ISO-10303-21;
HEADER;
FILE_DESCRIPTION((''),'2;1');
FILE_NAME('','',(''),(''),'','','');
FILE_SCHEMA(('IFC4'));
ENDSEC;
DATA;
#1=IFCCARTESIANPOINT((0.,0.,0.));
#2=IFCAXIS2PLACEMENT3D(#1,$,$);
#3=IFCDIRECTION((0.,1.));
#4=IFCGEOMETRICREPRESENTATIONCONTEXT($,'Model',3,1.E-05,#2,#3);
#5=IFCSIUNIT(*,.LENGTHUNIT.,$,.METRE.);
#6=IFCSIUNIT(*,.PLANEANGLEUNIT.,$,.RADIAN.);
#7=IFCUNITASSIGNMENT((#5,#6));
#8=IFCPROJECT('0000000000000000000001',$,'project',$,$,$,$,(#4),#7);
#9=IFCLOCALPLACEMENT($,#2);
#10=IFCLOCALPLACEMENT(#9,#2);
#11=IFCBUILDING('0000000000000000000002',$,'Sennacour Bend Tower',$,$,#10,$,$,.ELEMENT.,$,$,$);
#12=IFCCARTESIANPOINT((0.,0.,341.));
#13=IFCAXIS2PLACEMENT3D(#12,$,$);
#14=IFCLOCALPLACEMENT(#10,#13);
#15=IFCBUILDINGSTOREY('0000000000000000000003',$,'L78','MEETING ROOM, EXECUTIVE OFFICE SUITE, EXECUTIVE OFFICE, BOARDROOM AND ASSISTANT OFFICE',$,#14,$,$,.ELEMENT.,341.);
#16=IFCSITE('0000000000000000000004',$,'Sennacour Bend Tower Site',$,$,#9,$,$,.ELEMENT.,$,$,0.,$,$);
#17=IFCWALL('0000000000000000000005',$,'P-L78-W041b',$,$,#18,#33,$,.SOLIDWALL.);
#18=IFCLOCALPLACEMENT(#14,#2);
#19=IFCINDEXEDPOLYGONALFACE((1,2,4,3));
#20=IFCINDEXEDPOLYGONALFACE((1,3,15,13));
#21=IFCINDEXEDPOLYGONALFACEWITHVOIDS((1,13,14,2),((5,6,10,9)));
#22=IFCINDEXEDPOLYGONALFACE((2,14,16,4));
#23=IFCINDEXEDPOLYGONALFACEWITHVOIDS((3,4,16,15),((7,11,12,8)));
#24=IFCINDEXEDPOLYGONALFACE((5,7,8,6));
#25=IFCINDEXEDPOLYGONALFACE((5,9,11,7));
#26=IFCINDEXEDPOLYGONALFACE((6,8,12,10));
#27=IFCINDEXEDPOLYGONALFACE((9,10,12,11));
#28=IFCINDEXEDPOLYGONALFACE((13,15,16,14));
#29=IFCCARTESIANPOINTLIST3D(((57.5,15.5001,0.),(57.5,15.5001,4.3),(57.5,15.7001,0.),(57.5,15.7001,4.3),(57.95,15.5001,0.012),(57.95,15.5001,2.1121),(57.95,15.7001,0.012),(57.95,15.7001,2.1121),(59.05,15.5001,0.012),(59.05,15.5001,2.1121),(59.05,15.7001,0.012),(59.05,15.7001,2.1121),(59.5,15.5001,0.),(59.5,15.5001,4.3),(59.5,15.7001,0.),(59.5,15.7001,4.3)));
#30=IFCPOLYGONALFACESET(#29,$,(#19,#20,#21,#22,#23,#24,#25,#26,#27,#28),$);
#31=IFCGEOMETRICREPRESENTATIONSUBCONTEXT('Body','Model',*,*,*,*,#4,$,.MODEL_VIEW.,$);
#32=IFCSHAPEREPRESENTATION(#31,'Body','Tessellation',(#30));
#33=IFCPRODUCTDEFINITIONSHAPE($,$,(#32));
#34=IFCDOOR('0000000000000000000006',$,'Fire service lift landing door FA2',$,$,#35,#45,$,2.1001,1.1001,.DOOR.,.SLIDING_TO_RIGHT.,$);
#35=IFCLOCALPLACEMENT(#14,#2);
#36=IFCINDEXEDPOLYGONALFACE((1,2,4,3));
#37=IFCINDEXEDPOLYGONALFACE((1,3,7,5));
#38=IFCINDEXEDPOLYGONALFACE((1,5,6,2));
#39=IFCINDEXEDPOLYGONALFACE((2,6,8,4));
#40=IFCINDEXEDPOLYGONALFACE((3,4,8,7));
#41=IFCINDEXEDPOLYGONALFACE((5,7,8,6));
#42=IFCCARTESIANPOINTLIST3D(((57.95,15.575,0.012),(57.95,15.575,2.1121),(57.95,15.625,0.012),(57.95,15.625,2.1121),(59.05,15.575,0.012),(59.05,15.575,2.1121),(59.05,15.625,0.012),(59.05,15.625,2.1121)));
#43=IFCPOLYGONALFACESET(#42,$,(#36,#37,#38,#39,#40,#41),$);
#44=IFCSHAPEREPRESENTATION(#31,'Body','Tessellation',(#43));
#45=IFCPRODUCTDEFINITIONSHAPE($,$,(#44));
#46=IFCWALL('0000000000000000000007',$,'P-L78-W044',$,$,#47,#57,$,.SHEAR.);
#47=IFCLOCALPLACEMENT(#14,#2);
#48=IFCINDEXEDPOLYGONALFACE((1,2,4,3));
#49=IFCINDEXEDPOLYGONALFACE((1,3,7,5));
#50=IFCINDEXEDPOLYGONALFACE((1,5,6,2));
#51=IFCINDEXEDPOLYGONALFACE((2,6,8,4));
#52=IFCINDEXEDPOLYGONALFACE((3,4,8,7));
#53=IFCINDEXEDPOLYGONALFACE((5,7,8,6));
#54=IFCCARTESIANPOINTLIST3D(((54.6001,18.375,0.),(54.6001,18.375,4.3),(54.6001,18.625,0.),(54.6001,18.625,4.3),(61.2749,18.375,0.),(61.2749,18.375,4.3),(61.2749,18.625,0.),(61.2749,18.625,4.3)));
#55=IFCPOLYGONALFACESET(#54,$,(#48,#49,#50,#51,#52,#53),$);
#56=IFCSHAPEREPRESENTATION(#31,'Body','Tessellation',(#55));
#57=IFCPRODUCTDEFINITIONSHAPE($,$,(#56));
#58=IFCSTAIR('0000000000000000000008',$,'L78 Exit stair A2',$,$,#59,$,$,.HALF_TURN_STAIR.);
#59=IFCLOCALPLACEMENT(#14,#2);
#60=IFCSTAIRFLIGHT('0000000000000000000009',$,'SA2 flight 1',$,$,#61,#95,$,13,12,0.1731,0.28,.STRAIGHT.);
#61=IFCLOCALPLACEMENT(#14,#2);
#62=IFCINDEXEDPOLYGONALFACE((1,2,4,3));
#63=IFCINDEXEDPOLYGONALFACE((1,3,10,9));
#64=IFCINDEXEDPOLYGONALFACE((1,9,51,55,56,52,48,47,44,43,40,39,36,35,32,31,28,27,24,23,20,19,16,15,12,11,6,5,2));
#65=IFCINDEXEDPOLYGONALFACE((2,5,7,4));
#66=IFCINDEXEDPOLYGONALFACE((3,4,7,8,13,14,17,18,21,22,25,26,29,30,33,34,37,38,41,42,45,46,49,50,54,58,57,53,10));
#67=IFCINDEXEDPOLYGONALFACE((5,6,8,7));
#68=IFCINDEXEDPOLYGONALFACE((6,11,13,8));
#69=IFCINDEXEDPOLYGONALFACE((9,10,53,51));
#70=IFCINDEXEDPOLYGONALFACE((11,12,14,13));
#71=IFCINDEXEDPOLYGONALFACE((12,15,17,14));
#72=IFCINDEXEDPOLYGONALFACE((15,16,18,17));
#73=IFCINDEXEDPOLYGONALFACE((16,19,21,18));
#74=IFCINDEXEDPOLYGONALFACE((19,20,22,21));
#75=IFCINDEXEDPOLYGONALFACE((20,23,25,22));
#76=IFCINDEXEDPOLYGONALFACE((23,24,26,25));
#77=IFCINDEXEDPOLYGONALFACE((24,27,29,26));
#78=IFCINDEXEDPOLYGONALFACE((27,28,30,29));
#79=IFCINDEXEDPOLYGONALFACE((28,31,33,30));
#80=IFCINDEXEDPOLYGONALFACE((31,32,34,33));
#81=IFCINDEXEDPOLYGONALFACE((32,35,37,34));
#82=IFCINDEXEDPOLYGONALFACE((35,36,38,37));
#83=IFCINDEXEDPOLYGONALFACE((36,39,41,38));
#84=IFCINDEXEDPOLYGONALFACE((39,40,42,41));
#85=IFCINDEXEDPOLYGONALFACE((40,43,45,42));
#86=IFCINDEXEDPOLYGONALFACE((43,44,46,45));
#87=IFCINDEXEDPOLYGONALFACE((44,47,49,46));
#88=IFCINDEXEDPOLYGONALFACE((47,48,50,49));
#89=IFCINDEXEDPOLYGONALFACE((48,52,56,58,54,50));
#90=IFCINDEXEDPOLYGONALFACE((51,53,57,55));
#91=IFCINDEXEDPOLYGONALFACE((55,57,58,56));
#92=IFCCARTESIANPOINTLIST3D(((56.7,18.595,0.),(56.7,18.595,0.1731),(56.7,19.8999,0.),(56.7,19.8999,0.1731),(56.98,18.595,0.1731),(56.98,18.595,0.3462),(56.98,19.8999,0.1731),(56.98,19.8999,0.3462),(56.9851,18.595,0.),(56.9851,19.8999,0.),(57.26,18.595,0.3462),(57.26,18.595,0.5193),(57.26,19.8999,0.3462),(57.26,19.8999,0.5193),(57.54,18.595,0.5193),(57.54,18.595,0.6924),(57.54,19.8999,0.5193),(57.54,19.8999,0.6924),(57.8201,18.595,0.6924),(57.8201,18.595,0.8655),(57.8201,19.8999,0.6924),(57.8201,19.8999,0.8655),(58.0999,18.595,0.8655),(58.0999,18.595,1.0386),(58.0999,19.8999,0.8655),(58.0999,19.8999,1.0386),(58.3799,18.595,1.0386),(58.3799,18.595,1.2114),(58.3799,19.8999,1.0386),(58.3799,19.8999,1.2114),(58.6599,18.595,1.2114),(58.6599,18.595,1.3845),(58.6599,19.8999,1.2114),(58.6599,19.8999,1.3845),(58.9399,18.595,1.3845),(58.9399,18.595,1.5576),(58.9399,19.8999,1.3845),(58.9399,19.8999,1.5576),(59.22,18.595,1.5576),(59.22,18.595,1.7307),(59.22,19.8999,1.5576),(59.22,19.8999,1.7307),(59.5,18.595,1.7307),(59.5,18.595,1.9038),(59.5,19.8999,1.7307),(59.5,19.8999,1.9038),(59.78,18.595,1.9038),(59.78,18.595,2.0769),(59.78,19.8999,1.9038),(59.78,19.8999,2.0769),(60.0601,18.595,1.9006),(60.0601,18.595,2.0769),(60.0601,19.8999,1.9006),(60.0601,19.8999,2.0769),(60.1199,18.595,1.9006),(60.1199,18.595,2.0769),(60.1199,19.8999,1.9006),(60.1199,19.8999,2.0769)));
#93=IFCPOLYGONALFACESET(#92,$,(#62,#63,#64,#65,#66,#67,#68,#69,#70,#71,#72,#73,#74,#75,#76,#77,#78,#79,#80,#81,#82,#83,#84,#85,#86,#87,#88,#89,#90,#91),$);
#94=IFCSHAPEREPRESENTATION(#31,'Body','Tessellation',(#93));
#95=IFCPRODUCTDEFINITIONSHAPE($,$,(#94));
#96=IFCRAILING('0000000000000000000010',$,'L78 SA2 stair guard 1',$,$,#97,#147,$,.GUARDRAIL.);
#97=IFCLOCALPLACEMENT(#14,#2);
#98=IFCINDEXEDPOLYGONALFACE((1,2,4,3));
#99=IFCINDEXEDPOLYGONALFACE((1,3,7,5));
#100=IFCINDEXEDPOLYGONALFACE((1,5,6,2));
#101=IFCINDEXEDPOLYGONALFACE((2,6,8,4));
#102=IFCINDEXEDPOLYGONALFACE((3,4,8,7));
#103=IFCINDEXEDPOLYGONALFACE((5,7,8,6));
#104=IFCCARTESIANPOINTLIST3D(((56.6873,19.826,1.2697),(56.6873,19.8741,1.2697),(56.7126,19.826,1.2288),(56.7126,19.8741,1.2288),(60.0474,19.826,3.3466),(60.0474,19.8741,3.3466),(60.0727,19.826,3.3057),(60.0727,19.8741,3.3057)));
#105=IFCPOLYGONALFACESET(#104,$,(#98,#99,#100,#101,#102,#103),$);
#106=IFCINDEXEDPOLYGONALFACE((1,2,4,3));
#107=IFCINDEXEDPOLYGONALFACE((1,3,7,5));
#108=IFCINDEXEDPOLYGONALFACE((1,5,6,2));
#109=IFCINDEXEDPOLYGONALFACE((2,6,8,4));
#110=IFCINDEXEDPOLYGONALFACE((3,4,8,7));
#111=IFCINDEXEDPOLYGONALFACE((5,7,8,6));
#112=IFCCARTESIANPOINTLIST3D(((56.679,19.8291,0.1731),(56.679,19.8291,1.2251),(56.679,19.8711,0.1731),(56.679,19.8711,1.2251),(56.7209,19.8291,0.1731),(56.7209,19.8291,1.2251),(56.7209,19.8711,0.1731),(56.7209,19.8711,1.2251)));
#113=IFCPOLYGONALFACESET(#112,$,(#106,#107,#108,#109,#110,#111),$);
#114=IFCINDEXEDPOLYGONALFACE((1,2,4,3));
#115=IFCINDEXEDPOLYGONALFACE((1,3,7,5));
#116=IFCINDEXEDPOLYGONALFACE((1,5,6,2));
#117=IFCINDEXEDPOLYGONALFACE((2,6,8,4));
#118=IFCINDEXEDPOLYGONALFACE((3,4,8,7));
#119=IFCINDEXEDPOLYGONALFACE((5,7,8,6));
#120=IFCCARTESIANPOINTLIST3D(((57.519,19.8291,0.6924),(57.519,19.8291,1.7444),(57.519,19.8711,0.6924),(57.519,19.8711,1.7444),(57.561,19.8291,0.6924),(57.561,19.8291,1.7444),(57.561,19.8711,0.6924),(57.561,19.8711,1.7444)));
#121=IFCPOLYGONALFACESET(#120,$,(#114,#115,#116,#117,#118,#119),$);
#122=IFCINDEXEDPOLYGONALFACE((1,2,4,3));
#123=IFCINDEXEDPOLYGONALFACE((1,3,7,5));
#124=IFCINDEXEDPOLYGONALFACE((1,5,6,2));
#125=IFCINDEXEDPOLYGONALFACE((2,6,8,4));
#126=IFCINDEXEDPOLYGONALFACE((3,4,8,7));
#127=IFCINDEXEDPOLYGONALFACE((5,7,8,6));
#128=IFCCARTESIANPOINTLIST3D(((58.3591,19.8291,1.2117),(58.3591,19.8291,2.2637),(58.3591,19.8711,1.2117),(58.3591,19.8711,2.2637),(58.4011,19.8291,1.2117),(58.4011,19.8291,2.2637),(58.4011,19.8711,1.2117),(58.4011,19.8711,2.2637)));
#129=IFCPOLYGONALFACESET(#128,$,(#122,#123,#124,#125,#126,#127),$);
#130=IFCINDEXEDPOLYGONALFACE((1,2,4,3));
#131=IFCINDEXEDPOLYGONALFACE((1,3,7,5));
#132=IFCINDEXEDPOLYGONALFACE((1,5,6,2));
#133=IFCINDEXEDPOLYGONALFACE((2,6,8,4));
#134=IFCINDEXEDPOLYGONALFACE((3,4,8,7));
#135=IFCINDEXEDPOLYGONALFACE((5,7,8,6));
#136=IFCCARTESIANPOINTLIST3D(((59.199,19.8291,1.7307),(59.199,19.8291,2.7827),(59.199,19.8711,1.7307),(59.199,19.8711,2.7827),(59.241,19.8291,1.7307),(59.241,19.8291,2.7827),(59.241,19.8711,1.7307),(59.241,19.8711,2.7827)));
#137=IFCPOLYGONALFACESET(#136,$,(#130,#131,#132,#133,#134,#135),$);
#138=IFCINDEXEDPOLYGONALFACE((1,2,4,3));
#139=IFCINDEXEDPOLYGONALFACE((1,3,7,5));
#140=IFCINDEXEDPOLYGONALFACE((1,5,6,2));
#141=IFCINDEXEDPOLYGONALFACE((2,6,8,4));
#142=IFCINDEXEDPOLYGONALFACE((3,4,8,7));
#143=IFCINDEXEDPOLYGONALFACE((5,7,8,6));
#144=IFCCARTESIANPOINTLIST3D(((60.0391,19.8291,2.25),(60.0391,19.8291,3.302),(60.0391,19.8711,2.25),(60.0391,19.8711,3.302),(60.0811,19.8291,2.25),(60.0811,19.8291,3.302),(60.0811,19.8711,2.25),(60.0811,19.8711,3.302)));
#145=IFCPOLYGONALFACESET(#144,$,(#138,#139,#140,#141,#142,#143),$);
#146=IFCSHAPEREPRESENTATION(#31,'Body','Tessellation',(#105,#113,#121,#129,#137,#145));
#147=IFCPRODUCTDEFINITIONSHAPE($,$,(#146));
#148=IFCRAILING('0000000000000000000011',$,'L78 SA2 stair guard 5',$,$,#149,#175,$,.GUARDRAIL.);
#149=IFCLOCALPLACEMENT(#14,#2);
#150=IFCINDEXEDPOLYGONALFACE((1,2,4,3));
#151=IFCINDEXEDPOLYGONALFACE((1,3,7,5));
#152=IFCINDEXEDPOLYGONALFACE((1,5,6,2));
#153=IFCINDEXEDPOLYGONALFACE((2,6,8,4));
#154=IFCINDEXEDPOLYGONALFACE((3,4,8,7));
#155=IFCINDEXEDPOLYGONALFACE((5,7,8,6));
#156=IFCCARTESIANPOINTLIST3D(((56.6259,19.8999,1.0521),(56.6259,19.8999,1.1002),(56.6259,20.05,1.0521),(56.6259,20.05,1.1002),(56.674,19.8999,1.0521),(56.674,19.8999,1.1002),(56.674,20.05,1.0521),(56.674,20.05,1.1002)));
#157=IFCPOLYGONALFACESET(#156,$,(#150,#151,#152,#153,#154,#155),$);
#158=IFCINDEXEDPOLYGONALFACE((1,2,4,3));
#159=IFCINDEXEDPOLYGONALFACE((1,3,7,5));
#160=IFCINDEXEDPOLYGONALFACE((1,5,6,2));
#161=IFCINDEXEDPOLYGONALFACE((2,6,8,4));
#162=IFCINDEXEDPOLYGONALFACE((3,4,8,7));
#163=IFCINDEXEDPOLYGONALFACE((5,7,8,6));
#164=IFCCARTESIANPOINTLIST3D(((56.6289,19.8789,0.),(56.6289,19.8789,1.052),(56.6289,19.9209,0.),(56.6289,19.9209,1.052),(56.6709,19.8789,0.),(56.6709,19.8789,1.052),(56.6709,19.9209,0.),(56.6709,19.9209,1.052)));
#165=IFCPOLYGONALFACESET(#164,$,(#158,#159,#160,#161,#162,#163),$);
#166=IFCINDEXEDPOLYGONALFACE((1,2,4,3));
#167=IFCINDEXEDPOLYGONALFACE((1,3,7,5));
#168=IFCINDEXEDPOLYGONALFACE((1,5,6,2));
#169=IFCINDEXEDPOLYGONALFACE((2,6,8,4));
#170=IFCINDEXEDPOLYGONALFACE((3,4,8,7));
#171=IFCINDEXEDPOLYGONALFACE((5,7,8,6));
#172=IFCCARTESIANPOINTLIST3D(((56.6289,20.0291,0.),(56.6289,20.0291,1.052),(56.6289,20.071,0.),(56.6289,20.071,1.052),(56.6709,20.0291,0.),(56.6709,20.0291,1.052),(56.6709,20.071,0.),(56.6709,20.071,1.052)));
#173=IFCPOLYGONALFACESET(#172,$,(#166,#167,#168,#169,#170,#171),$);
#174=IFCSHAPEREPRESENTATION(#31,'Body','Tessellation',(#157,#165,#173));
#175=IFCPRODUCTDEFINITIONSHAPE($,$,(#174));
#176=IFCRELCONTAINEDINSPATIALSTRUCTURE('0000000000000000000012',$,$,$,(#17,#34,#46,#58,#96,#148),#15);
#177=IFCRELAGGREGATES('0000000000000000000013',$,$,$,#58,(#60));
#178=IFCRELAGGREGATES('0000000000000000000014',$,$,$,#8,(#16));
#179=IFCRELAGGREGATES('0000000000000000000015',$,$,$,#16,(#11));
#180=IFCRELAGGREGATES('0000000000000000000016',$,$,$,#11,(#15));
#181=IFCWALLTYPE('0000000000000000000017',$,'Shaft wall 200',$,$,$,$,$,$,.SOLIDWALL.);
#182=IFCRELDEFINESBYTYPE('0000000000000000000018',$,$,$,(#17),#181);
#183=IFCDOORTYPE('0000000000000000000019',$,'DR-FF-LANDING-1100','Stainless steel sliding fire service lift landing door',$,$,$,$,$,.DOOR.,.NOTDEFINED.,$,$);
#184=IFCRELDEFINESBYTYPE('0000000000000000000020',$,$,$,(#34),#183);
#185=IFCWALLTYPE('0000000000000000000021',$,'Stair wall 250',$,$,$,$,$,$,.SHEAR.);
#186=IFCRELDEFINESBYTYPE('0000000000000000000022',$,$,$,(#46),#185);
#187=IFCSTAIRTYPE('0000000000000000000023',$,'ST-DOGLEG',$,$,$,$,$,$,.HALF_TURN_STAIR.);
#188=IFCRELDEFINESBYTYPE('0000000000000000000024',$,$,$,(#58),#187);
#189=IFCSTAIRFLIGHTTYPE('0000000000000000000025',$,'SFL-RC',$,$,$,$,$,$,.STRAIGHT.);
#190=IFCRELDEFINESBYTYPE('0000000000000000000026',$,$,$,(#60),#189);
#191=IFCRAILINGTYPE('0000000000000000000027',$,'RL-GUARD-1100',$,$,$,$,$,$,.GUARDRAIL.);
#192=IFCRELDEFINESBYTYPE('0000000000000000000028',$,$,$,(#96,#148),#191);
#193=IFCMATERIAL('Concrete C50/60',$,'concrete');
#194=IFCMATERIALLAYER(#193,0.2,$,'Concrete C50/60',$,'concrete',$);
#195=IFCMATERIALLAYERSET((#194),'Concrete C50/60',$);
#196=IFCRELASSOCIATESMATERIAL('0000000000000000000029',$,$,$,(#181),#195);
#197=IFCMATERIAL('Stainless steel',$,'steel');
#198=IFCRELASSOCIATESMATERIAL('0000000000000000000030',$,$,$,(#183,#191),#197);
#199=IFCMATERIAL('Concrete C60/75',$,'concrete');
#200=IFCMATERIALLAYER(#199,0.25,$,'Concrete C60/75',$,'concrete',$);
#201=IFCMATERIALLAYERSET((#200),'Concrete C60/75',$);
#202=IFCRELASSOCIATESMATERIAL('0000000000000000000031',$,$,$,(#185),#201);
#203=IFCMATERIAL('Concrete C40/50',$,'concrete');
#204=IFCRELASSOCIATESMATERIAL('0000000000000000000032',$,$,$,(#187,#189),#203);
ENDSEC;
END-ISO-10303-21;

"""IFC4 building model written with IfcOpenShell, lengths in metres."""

from ifc_helpers import new_model, si_unit, direction, frame, frame_2d, origin, origin_2d, place, context, subcontext, project, spatial, polyline, rectangle, outline, extrude, material, layer, layer_set, type_object, element, fill, aggregate, save


model = new_model("IFC4")

# Units and contexts
model_context = context("Model", 3, precision=1e-05, world=origin(), true_north=direction((0.0, 1.0)))
body_context = subcontext(model_context, "Body", "Model", "MODEL_VIEW")
ifc_project = project(units=[si_unit("LENGTHUNIT", "METRE"), si_unit("PLANEANGLEUNIT", "RADIAN")], contexts=[model_context])

# Site, building, storey
site_placement = place(None, origin())
site = spatial("IfcSite", under=ifc_project, at=site_placement, Name="Sennacour Bend Tower Site", CompositionType="ELEMENT", RefElevation=0.0)
building_placement = place(site_placement, origin())
building = spatial("IfcBuilding", under=site, at=building_placement, Name="Sennacour Bend Tower", CompositionType="ELEMENT")
storey_placement = place(building_placement, frame((0.0, 0.0, 341.0)))
storey = spatial("IfcBuildingStorey", under=building, at=storey_placement, Name="L78", Description="MEETING ROOM, EXECUTIVE OFFICE SUITE, EXECUTIVE OFFICE, BOARDROOM AND ASSISTANT OFFICE", CompositionType="ELEMENT", Elevation=341.0)

# Shared definitions
ifc_material_1 = material(Name="Concrete C50/60", Category="concrete")
ifc_layer_1 = layer(ifc_material_1, 0.2, Name="Concrete C50/60", Category="concrete")
ifc_layer_set_1 = layer_set([ifc_layer_1], Name="Concrete C50/60")
wall_type_1 = type_object("IfcWallType", Name="Shaft wall 200", PredefinedType="SOLIDWALL", material=ifc_layer_set_1)

# Wall, opening, door
ifc_material_2 = material(Name="Stainless steel", Category="steel")
door_type = type_object("IfcDoorType", Name="DR-FF-LANDING-1100", Description="Stainless steel sliding fire service lift landing door", OperationType="NOTDEFINED", PredefinedType="DOOR", material=ifc_material_2)
wall_1_placement = place(storey_placement, frame((57.5, 15.6001, 0.0), z_axis=(0.0, 0.0, 1.0), x_axis=(1.0, 0.0, 0.0)))
wall_1 = element("IfcWall", 1, at=wall_1_placement, inside=storey, type_object=wall_type_1, Name="P-L78-W041b", PredefinedType="SOLIDWALL", context=body_context, shape_type="SweptSolid", body=[
    extrude(rectangle(XDim=2.0, YDim=0.2, at=frame_2d((1.0, 0.0))), origin(), (0.0, 0.0, 1.0), 4.3),
])
opening_1_placement = place(wall_1_placement, frame((0.45, 0.0, 0.012)))
opening_1 = element("IfcOpeningElement", 2, at=opening_1_placement, cuts=wall_1, PredefinedType="OPENING", context=body_context, shape_type="SweptSolid", body=[
    extrude(rectangle(XDim=1.1001, YDim=2.1001, at=frame_2d((0.55, 1.05))), frame((0.0, 0.1099, 0.0), z_axis=(0.0, -1.0, 0.0), x_axis=(1.0, 0.0, 0.0)), (0.0, 0.0, 1.0), 0.22),
])
door_1_placement = place(opening_1_placement, origin())
door_1 = element("IfcDoor", 3, at=door_1_placement, inside=storey, type_object=door_type, Name="Fire service lift landing door FA2", OperationType="SLIDING_TO_RIGHT", OverallHeight=2.1001, OverallWidth=1.1001, PredefinedType="DOOR", context=body_context, shape_type="SweptSolid", body=[
    extrude(rectangle(XDim=1.1001, YDim=2.1001, at=frame_2d((0.55, 1.05))), frame((0.0, 0.0249, 0.0), z_axis=(0.0, -1.0, 0.0), x_axis=(1.0, 0.0, 0.0)), (0.0, 0.0, 1.0), 0.05),
])
fill(opening_1, door_1)

# Wall
ifc_material_3 = material(Name="Concrete C60/75", Category="concrete")
ifc_layer_2 = layer(ifc_material_3, 0.25, Name="Concrete C60/75", Category="concrete")
ifc_layer_set_2 = layer_set([ifc_layer_2], Name="Concrete C60/75")
wall_type_2 = type_object("IfcWallType", Name="Stair wall 250", PredefinedType="SHEAR", material=ifc_layer_set_2)
wall_2_placement = place(storey_placement, frame((54.6001, 18.5, 0.0), z_axis=(0.0, 0.0, 1.0), x_axis=(1.0, 0.0, 0.0)))
element("IfcWall", 4, at=wall_2_placement, inside=storey, type_object=wall_type_2, Name="P-L78-W044", PredefinedType="SHEAR", context=body_context, shape_type="SweptSolid", body=[
    extrude(rectangle(XDim=6.6748, YDim=0.25, at=frame_2d((3.3374, 0.0))), origin(), (0.0, 0.0, 1.0), 4.3),
])

# Stair, stair flight
ifc_material_4 = material(Name="Concrete C40/50", Category="concrete")
stair_type = type_object("IfcStairType", Name="ST-DOGLEG", PredefinedType="HALF_TURN_STAIR", material=ifc_material_4)
stair_placement = place(storey_placement, origin())
stair = element("IfcStair", 5, at=stair_placement, inside=storey, type_object=stair_type, Name="L78 Exit stair A2", PredefinedType="HALF_TURN_STAIR")
stair_flight_type = type_object("IfcStairFlightType", Name="SFL-RC", PredefinedType="STRAIGHT", material=ifc_material_4)
stair_flight_placement = place(storey_placement, frame((56.7, 19.2476, 0.0), z_axis=(0.0, 0.0, 1.0), x_axis=(1.0, 0.0, 0.0)))
stair_flight = element("IfcStairFlight", 6, at=stair_flight_placement, type_object=stair_flight_type, Name="SA2 flight 1", NumberOfRisers=13, NumberOfTreads=12, PredefinedType="STRAIGHT", RiserHeight=0.1731, TreadLength=0.28, context=body_context, shape_type="SweptSolid", body=[
    extrude(outline(polyline([(0.0, 0.0), (0.0, 0.1731), (0.28, 0.1731), (0.28, 0.3462), (0.5601, 0.3462), (0.5601, 0.5193), (0.8401, 0.5193), (0.8401, 0.6924), (1.1201, 0.6924), (1.1201, 0.8655), (1.3999, 0.8655), (1.3999, 1.0386), (1.6799, 1.0386), (1.6799, 1.2114), (1.96, 1.2114), (1.96, 1.3845), (2.24, 1.3845), (2.24, 1.5576), (2.52, 1.5576), (2.52, 1.7307), (2.8, 1.7307), (2.8, 1.9038), (3.0801, 1.9038), (3.0801, 2.0769), (3.3601, 2.0769), (3.4199, 2.0769), (3.4199, 1.9006), (3.3601, 1.9006), (0.2852, 0.0), (0.0, 0.0)])), frame((0.0, 0.6523, 0.0), z_axis=(0.0, -1.0, 0.0), x_axis=(1.0, 0.0, 0.0)), (0.0, 0.0, 1.0), 1.3049),
])
aggregate(stair, [stair_flight])

# Railings
railing_type_1 = type_object("IfcRailingType", Name="RL-GUARD-1100", PredefinedType="GUARDRAIL", material=ifc_material_2)
railing_1_placement = place(storey_placement, frame((56.7, 19.8501, 0.1731)))
element("IfcRailing", 7, at=railing_1_placement, inside=storey, type_object=railing_type_1, Name="L78 SA2 stair guard 1", PredefinedType="GUARDRAIL", context=body_context, shape_type="SweptSolid", body=[
    extrude(rectangle(XDim=0.0481, YDim=0.0481, at=origin_2d()), frame((0.0, 0.0, 1.0762), z_axis=(0.850623, 0.0, 0.525776), x_axis=(0.0, 1.0, 0.0)), (0.0, 0.0, 1.0), 3.9502),
    extrude(rectangle(XDim=0.042, YDim=0.042, at=origin_2d()), origin(), (0.0, 0.0, 1.0), 1.052),
    extrude(rectangle(XDim=0.042, YDim=0.042, at=origin_2d()), frame((0.8401, 0.0, 0.5193)), (0.0, 0.0, 1.0), 1.052),
    extrude(rectangle(XDim=0.042, YDim=0.042, at=origin_2d()), frame((1.6802, 0.0, 1.0386)), (0.0, 0.0, 1.0), 1.052),
    extrude(rectangle(XDim=0.042, YDim=0.042, at=origin_2d()), frame((2.52, 0.0, 1.5576)), (0.0, 0.0, 1.0), 1.052),
    extrude(rectangle(XDim=0.042, YDim=0.042, at=origin_2d()), frame((3.3601, 0.0, 2.0769)), (0.0, 0.0, 1.0), 1.052),
])
railing_2_placement = place(storey_placement, frame((56.6499, 19.8999, 0.0)))
element("IfcRailing", 8, at=railing_2_placement, inside=storey, type_object=railing_type_1, Name="L78 SA2 stair guard 5", PredefinedType="GUARDRAIL", context=body_context, shape_type="SweptSolid", body=[
    extrude(rectangle(XDim=0.0481, YDim=0.0481, at=origin_2d()), frame((0.0, 0.0, 1.0762), z_axis=(0.0, 1.0, 0.0), x_axis=(-1.0, 0.0, 0.0)), (0.0, 0.0, 1.0), 0.1501),
    extrude(rectangle(XDim=0.042, YDim=0.042, at=origin_2d()), origin(), (0.0, 0.0, 1.0), 1.052),
    extrude(rectangle(XDim=0.042, YDim=0.042, at=origin_2d()), frame((0.0, 0.1501, 0.0)), (0.0, 0.0, 1.0), 1.052),
])

save(model, "model.ifc")
